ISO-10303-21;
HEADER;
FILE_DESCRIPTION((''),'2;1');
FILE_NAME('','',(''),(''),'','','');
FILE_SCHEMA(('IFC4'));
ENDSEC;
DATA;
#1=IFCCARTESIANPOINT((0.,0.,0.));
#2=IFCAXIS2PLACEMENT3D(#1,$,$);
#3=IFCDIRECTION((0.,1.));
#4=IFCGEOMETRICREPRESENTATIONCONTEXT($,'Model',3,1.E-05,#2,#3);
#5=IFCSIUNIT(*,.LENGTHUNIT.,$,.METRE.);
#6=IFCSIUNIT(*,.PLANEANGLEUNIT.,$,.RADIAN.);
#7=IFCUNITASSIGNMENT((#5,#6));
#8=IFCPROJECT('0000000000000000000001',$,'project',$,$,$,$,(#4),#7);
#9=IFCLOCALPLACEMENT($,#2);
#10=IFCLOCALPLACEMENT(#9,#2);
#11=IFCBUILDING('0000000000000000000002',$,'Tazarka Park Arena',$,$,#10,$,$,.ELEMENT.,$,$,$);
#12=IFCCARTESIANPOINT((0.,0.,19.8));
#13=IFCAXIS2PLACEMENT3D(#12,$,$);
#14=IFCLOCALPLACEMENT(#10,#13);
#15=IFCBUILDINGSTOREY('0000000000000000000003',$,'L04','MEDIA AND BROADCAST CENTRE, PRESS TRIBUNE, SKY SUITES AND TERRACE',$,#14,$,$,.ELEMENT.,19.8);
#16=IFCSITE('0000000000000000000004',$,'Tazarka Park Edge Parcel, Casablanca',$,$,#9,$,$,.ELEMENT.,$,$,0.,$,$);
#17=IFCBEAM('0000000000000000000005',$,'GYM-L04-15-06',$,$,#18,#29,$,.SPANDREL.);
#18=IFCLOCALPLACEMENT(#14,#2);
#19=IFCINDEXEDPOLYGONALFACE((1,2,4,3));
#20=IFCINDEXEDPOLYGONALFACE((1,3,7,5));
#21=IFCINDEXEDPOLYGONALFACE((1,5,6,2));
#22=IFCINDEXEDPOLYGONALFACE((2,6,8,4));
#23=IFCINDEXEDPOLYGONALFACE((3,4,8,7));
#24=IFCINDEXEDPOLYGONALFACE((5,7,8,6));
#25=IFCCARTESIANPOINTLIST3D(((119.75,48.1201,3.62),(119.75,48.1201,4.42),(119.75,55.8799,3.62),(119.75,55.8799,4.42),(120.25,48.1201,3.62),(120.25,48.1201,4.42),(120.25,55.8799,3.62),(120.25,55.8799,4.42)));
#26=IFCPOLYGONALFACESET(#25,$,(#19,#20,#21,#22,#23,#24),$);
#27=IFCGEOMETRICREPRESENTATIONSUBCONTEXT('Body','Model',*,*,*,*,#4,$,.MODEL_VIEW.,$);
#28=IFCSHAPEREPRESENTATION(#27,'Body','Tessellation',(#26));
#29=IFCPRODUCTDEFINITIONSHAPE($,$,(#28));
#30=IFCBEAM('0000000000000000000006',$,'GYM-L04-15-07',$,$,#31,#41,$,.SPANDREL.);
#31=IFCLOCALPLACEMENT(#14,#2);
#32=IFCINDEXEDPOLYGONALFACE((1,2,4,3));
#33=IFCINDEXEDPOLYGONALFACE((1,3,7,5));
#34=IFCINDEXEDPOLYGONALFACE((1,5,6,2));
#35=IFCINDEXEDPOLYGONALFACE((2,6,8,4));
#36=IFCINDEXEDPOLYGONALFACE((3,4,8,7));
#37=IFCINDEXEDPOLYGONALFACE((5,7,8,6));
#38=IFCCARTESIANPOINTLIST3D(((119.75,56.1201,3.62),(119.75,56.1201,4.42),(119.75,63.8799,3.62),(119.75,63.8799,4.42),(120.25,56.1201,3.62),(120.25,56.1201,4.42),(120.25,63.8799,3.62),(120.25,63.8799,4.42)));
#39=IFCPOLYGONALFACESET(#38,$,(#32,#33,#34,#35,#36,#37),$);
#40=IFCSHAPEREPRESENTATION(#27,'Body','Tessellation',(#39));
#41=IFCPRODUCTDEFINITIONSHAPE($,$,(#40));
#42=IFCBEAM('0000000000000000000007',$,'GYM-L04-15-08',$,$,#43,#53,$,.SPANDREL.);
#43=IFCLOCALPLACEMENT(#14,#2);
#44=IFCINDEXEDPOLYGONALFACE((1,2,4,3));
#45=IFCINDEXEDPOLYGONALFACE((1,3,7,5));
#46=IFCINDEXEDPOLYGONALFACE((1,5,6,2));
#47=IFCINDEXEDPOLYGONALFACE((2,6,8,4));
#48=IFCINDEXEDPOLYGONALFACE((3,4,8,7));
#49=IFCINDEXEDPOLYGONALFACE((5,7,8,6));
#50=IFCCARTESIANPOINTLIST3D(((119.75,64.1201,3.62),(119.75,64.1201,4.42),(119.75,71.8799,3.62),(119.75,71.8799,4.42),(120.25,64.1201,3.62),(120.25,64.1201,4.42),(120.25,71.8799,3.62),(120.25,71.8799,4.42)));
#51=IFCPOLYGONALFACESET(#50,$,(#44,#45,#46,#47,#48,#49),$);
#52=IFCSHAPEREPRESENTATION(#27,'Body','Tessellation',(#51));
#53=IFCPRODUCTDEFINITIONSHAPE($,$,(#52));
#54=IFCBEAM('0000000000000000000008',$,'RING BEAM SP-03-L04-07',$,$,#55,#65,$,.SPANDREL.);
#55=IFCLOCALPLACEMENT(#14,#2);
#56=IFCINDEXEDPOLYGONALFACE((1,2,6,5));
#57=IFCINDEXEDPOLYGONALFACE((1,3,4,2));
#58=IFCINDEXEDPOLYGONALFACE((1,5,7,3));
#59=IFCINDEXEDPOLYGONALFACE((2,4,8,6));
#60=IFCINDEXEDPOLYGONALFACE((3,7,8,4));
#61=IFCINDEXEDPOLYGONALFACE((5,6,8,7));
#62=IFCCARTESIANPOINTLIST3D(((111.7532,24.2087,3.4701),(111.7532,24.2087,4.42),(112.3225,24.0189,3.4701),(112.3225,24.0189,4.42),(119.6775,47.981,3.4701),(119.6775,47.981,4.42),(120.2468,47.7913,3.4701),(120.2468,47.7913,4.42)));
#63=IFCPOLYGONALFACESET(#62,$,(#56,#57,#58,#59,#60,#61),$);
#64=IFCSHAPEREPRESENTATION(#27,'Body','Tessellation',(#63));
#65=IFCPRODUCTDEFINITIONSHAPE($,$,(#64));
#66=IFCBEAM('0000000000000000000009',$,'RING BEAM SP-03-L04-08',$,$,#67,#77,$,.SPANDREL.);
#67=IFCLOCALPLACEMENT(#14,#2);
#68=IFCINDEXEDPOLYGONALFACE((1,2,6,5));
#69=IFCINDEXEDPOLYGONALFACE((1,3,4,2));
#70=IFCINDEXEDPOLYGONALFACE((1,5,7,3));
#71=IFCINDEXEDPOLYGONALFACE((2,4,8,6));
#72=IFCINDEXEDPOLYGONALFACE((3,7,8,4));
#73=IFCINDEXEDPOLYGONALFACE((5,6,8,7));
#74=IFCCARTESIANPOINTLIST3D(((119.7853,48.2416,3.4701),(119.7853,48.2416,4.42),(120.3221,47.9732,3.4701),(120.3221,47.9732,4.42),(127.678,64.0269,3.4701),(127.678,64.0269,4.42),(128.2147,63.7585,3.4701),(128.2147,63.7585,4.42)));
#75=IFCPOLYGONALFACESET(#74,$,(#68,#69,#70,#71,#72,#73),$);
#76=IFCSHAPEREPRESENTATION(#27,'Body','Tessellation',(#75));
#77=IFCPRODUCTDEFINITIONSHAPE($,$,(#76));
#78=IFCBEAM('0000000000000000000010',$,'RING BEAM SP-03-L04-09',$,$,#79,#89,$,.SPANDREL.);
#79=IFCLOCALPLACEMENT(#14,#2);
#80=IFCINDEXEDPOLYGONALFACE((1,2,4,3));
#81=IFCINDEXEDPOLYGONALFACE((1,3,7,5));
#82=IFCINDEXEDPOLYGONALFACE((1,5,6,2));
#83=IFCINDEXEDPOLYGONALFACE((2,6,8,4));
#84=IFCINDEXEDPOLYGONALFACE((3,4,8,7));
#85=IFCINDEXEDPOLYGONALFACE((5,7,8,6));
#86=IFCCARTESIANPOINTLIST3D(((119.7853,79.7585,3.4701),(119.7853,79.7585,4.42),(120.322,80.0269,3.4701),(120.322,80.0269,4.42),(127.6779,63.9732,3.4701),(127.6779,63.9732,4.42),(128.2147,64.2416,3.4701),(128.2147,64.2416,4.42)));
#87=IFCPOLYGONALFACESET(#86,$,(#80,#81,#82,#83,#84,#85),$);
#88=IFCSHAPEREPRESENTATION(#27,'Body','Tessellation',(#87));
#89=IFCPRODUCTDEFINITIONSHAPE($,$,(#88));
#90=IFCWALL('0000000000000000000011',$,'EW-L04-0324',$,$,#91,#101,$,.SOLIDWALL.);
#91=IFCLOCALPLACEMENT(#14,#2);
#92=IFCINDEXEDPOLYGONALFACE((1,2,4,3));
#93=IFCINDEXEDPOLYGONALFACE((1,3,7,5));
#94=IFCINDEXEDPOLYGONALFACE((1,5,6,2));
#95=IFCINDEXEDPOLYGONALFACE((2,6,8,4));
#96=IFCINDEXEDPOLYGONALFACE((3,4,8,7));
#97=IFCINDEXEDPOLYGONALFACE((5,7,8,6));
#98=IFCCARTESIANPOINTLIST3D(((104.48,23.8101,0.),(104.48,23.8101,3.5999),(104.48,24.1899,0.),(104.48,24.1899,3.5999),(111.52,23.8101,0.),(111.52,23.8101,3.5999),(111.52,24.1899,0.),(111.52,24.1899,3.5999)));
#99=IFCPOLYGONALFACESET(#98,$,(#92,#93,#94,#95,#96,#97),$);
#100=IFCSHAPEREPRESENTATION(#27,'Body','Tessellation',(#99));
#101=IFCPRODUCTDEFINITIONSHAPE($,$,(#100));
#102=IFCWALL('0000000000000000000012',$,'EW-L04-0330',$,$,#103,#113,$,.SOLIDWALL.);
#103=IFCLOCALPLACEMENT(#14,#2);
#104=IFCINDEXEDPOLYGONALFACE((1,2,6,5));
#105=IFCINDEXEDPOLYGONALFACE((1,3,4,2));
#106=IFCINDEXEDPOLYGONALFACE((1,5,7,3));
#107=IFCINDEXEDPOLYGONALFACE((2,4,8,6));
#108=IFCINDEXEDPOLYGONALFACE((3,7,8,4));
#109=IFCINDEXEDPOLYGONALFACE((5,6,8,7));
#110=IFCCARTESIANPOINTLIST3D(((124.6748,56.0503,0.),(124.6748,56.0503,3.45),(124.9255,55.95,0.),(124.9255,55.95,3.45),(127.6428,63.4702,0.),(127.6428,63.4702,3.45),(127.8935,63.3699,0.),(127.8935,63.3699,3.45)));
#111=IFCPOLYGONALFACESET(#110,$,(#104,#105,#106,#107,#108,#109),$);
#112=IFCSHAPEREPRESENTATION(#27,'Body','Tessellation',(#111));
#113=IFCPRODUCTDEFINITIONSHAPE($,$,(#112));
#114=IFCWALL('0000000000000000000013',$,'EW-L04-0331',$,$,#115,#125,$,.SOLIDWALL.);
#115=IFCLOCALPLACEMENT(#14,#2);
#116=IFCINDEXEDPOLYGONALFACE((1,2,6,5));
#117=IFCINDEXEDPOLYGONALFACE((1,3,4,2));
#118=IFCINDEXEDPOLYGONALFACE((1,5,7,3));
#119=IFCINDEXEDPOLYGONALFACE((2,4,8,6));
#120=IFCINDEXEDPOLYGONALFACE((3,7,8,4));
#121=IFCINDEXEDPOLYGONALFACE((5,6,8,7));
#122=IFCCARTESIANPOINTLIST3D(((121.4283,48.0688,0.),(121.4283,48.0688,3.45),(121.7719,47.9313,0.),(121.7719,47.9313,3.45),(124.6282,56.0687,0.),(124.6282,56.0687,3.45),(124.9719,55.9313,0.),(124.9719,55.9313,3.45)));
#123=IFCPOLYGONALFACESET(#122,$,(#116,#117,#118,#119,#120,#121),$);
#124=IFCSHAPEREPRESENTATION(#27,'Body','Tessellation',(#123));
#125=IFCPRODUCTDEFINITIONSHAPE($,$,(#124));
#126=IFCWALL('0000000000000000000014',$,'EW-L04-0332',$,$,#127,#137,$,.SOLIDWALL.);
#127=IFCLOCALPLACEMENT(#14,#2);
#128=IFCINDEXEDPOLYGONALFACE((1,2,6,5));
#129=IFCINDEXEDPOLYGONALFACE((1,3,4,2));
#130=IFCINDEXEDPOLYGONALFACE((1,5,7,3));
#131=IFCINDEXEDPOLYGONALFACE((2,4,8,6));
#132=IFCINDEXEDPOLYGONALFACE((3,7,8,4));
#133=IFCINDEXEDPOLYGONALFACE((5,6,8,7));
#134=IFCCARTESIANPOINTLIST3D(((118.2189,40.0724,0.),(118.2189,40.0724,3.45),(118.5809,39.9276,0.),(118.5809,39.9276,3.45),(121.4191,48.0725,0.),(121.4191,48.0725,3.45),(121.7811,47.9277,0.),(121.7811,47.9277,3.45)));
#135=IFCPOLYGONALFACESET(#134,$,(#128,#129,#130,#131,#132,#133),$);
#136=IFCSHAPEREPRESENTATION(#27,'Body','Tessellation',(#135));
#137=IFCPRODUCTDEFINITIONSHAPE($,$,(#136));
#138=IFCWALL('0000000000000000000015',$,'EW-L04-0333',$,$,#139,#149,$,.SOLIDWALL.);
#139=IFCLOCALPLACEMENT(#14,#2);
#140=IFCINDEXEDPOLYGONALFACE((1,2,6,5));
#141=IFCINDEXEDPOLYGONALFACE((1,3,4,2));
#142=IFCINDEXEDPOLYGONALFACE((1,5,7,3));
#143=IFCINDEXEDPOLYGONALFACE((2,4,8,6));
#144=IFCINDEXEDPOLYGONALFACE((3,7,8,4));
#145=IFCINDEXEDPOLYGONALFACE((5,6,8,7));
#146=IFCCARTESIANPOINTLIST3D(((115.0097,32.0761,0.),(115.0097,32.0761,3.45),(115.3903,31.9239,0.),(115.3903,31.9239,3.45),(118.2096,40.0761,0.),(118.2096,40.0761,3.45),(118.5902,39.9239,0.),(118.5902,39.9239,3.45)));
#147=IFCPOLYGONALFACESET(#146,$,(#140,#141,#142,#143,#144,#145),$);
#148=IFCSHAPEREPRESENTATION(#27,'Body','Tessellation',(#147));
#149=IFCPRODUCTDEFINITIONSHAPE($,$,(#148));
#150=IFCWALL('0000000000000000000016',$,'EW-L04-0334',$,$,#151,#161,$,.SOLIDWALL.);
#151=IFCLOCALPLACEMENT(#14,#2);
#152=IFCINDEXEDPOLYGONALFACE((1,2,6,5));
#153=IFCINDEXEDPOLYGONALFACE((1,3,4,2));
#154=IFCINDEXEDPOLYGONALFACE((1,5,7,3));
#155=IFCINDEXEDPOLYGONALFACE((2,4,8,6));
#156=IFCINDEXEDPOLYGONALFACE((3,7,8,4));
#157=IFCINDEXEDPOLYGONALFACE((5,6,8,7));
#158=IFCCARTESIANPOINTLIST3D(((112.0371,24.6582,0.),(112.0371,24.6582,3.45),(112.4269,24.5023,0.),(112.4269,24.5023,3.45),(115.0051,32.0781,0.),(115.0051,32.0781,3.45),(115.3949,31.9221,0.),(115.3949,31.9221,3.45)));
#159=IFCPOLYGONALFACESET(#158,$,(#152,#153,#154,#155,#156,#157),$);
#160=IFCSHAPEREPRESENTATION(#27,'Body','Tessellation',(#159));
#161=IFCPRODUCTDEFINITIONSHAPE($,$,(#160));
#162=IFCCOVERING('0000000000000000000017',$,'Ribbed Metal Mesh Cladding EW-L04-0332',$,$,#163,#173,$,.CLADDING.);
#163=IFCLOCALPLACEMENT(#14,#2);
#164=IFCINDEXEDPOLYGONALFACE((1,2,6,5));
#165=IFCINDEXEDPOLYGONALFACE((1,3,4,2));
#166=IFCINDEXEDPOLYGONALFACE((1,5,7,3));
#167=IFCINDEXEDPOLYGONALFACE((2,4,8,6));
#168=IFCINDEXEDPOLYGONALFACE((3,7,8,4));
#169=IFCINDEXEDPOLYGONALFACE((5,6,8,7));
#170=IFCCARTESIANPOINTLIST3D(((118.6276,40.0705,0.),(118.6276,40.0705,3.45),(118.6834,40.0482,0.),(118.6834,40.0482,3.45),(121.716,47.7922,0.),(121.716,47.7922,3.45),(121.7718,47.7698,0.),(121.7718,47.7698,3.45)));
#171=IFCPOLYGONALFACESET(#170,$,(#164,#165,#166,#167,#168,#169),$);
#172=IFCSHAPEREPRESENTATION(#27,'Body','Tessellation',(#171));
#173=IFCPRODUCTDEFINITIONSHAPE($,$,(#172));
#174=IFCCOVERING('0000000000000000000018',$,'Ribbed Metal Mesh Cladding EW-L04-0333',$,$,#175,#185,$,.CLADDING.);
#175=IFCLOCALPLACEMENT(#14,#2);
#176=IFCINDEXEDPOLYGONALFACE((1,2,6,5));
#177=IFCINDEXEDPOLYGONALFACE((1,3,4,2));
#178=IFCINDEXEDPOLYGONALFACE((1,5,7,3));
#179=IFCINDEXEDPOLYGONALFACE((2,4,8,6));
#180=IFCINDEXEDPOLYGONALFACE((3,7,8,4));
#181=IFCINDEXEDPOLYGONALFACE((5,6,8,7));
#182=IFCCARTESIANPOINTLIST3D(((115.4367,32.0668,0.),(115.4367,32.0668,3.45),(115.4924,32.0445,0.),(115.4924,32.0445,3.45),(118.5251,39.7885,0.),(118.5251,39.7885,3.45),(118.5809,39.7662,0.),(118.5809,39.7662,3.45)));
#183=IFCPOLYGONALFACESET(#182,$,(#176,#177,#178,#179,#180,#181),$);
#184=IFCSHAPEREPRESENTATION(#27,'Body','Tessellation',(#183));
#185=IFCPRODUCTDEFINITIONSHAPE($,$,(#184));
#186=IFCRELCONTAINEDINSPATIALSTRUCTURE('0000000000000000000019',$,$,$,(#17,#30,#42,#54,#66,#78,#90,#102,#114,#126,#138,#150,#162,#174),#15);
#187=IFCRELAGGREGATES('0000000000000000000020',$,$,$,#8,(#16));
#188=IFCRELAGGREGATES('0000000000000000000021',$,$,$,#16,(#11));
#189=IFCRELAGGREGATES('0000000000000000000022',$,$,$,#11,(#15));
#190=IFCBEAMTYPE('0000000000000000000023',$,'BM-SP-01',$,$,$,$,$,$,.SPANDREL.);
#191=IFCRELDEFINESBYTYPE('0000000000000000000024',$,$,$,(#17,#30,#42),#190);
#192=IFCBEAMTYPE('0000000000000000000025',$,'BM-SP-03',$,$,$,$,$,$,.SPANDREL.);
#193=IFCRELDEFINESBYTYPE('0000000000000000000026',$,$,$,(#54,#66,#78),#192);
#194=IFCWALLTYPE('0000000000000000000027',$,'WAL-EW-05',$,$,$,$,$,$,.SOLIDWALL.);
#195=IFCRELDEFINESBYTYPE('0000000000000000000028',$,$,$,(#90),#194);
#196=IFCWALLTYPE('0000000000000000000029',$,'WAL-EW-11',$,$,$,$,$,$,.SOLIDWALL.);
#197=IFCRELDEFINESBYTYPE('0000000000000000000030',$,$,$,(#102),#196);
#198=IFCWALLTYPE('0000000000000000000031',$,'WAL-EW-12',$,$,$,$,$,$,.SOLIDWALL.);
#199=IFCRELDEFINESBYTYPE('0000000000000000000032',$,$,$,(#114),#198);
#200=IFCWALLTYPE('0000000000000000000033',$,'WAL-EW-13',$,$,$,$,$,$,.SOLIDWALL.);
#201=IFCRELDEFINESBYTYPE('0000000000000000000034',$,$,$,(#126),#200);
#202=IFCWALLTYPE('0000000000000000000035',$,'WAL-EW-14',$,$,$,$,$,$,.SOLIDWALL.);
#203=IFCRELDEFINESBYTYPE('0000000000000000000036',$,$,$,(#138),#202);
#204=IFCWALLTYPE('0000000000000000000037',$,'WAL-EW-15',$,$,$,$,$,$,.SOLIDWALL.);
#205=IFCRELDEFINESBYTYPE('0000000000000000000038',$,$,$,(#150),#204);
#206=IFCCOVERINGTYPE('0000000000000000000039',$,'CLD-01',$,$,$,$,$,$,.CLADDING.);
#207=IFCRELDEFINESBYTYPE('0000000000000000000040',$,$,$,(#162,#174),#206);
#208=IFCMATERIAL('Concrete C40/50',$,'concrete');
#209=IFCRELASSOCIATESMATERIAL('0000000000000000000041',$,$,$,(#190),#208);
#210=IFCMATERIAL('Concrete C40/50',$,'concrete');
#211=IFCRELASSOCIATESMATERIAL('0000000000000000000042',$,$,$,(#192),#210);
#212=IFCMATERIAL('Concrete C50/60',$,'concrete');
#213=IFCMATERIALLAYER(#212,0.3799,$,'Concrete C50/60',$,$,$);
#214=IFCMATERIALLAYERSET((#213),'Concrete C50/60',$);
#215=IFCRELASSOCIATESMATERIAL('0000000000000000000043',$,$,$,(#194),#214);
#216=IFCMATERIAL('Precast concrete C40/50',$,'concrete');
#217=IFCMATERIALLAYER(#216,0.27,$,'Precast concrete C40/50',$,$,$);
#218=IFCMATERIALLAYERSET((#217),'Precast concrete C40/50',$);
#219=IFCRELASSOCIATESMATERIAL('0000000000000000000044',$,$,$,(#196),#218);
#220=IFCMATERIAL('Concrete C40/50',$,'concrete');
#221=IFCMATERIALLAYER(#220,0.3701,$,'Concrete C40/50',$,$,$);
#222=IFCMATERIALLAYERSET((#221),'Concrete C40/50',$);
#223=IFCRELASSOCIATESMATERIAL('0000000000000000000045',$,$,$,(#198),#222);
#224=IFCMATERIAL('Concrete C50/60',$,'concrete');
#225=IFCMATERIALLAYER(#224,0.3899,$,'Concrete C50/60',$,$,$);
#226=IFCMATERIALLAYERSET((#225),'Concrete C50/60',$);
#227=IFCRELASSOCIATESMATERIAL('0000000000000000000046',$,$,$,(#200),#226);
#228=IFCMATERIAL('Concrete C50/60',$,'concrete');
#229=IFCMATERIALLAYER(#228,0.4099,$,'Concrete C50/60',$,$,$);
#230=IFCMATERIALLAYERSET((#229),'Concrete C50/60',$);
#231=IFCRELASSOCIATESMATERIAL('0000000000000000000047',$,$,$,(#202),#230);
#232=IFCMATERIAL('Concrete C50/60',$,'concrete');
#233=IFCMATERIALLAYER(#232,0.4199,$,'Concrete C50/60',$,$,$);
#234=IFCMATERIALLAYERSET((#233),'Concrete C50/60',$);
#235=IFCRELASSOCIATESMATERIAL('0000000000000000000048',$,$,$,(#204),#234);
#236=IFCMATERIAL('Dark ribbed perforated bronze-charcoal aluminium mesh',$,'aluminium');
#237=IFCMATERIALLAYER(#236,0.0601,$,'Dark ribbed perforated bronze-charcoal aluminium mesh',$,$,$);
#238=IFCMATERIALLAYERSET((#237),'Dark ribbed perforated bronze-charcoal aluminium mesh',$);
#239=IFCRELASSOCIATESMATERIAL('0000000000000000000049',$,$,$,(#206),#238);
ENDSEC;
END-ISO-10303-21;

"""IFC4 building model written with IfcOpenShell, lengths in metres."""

from ifc_helpers import new_model, si_unit, direction, frame, frame_2d, origin, origin_2d, place, context, subcontext, project, spatial, rectangle, extrude, material, layer, layer_set, material_profile, profile_set, type_object, element, save


model = new_model("IFC4")

# Units and contexts
model_context = context("Model", 3, precision=1e-05, world=origin(), true_north=direction((0.0, 1.0)))
body_context = subcontext(model_context, "Body", "Model", "MODEL_VIEW")
ifc_project = project(units=[si_unit("LENGTHUNIT", "METRE"), si_unit("PLANEANGLEUNIT", "RADIAN")], contexts=[model_context])

# Site, building, storey
site_placement = place(None, origin())
site = spatial("IfcSite", under=ifc_project, at=site_placement, Name="Tazarka Park Edge Parcel, Casablanca", CompositionType="ELEMENT", RefElevation=0.0)
building_placement = place(site_placement, origin())
building = spatial("IfcBuilding", under=site, at=building_placement, Name="Tazarka Park Arena", CompositionType="ELEMENT")
storey_placement = place(building_placement, frame((0.0, 0.0, 19.8)))
storey = spatial("IfcBuildingStorey", under=building, at=storey_placement, Name="L04", Description="MEDIA AND BROADCAST CENTRE, PRESS TRIBUNE, SKY SUITES AND TERRACE", CompositionType="ELEMENT", Elevation=19.8)

# Beams
ifc_material_1 = material(Name="Concrete C40/50", Category="concrete")
ifc_material_profile_1 = material_profile(ifc_material_1, rectangle(XDim=0.5, YDim=0.8, at=origin_2d()), Name="Concrete C40/50")
ifc_profile_set_1 = profile_set([ifc_material_profile_1], Name="Concrete C40/50")
beam_type_1 = type_object("IfcBeamType", Name="BM-SP-01", PredefinedType="SPANDREL", material=ifc_profile_set_1)
for number, where, z_axis, x_axis, name in (
    (1, (120.0, 48.1201, 4.02), (0.0, 1.0, 0.0), (-1.0, 0.0, 0.0), "GYM-L04-15-06"),
    (2, (120.0, 56.1201, 4.02), (0.0, 1.0, 0.0), (-1.0, 0.0, 0.0), "GYM-L04-15-07"),
    (3, (120.0, 64.1201, 4.02), (0.0, 1.0, 0.0), (-1.0, 0.0, 0.0), "GYM-L04-15-08"),
):
    element("IfcBeam", number, at=place(storey_placement, frame(where, z_axis=z_axis, x_axis=x_axis)), inside=storey, type_object=beam_type_1, Name=name, PredefinedType="SPANDREL", context=body_context, shape_type="SweptSolid", body=[
        extrude(rectangle(XDim=0.5, YDim=0.8, at=origin_2d()), origin(), (0.0, 0.0, 1.0), 7.7598),
    ])
ifc_material_2 = material(Name="Concrete C40/50", Category="concrete")
ifc_material_profile_2 = material_profile(ifc_material_2, rectangle(XDim=0.6001, YDim=0.95, at=origin_2d()), Name="Concrete C40/50")
ifc_profile_set_2 = profile_set([ifc_material_profile_2], Name="Concrete C40/50")
beam_type_2 = type_object("IfcBeamType", Name="BM-SP-03", PredefinedType="SPANDREL", material=ifc_profile_set_2)
beam_placement = place(storey_placement, frame((112.0378, 24.1138, 3.9451), z_axis=(0.316234, 0.948681, 0.0), x_axis=(-0.948681, 0.316234, 0.0)))
element("IfcBeam", 4, at=beam_placement, inside=storey, type_object=beam_type_2, Name="RING BEAM SP-03-L04-07", PredefinedType="SPANDREL", context=body_context, shape_type="SweptSolid", body=[
    extrude(rectangle(XDim=0.6001, YDim=0.95, at=origin_2d()), origin(), (0.0, 0.0, 1.0), 25.0583),
])
for number, where, z_axis, x_axis, name in (
    (5, (120.0537, 48.1074, 3.9451), (0.447214, 0.894427, 0.0), (-0.894427, 0.447214, 0.0), "RING BEAM SP-03-L04-08"),
    (6, (127.9463, 64.1074, 3.9451), (-0.447214, 0.894427, 0.0), (-0.894427, -0.447214, 0.0), "RING BEAM SP-03-L04-09"),
):
    element("IfcBeam", number, at=place(storey_placement, frame(where, z_axis=z_axis, x_axis=x_axis)), inside=storey, type_object=beam_type_2, Name=name, PredefinedType="SPANDREL", context=body_context, shape_type="SweptSolid", body=[
        extrude(rectangle(XDim=0.6001, YDim=0.95, at=origin_2d()), origin(), (0.0, 0.0, 1.0), 17.6484),
    ])

# Walls
ifc_material_3 = material(Name="Concrete C50/60", Category="concrete")
ifc_layer_1 = layer(ifc_material_3, 0.3799, Name="Concrete C50/60")
ifc_layer_set_1 = layer_set([ifc_layer_1], Name="Concrete C50/60")
wall_type_1 = type_object("IfcWallType", Name="WAL-EW-05", PredefinedType="SOLIDWALL", material=ifc_layer_set_1)
wall_1_placement = place(storey_placement, frame((111.52, 24.0, 0.0), z_axis=(0.0, 0.0, 1.0), x_axis=(-1.0, 0.0, 0.0)))
element("IfcWall", 7, at=wall_1_placement, inside=storey, type_object=wall_type_1, Name="EW-L04-0324", PredefinedType="SOLIDWALL", context=body_context, shape_type="SweptSolid", body=[
    extrude(rectangle(XDim=7.04, YDim=0.3799, at=frame_2d((3.52, 0.0))), origin(), (0.0, 0.0, 1.0), 3.5999),
])
ifc_material_4 = material(Name="Precast concrete C40/50", Category="concrete")
ifc_layer_2 = layer(ifc_material_4, 0.27, Name="Precast concrete C40/50")
ifc_layer_set_2 = layer_set([ifc_layer_2], Name="Precast concrete C40/50")
wall_type_2 = type_object("IfcWallType", Name="WAL-EW-11", PredefinedType="SOLIDWALL", material=ifc_layer_set_2)
wall_2_placement = place(storey_placement, frame((127.7681, 63.4199, 0.0), z_axis=(0.0, 0.0, 1.0), x_axis=(-0.371396, -0.928475, 0.0)))
element("IfcWall", 8, at=wall_2_placement, inside=storey, type_object=wall_type_2, Name="EW-L04-0330", PredefinedType="SOLIDWALL", context=body_context, shape_type="SweptSolid", body=[
    extrude(rectangle(XDim=7.9915, YDim=0.27, at=frame_2d((3.9956, 0.0))), origin(), (0.0, 0.0, 1.0), 3.45),
])
ifc_material_5 = material(Name="Concrete C40/50", Category="concrete")
ifc_layer_3 = layer(ifc_material_5, 0.3701, Name="Concrete C40/50")
ifc_layer_set_3 = layer_set([ifc_layer_3], Name="Concrete C40/50")
wall_type_3 = type_object("IfcWallType", Name="WAL-EW-12", PredefinedType="SOLIDWALL", material=ifc_layer_set_3)
wall_3_placement = place(storey_placement, frame((124.8, 56.0, 0.0), z_axis=(0.0, 0.0, 1.0), x_axis=(-0.371386, -0.928479, 0.0)))
element("IfcWall", 9, at=wall_3_placement, inside=storey, type_object=wall_type_3, Name="EW-L04-0331", PredefinedType="SOLIDWALL", context=body_context, shape_type="SweptSolid", body=[
    extrude(rectangle(XDim=8.6162, YDim=0.3701, at=frame_2d((4.3081, 0.0))), origin(), (0.0, 0.0, 1.0), 3.45),
])
ifc_material_6 = material(Name="Concrete C50/60", Category="concrete")
ifc_layer_4 = layer(ifc_material_6, 0.3899, Name="Concrete C50/60")
ifc_layer_set_4 = layer_set([ifc_layer_4], Name="Concrete C50/60")
wall_type_4 = type_object("IfcWallType", Name="WAL-EW-13", PredefinedType="SOLIDWALL", material=ifc_layer_set_4)
wall_4_placement = place(storey_placement, frame((121.6001, 48.0, 0.0), z_axis=(0.0, 0.0, 1.0), x_axis=(-0.37141, -0.928469, 0.0)))
element("IfcWall", 10, at=wall_4_placement, inside=storey, type_object=wall_type_4, Name="EW-L04-0332", PredefinedType="SOLIDWALL", context=body_context, shape_type="SweptSolid", body=[
    extrude(rectangle(XDim=8.6165, YDim=0.3899, at=frame_2d((4.3081, 0.0))), origin(), (0.0, 0.0, 1.0), 3.45),
])
ifc_material_7 = material(Name="Concrete C50/60", Category="concrete")
ifc_layer_5 = layer(ifc_material_7, 0.4099, Name="Concrete C50/60")
ifc_layer_set_5 = layer_set([ifc_layer_5], Name="Concrete C50/60")
wall_type_5 = type_object("IfcWallType", Name="WAL-EW-14", PredefinedType="SOLIDWALL", material=ifc_layer_set_5)
wall_5_placement = place(storey_placement, frame((118.3999, 40.0, 0.0), z_axis=(0.0, 0.0, 1.0), x_axis=(-0.371386, -0.928479, 0.0)))
element("IfcWall", 11, at=wall_5_placement, inside=storey, type_object=wall_type_5, Name="EW-L04-0333", PredefinedType="SOLIDWALL", context=body_context, shape_type="SweptSolid", body=[
    extrude(rectangle(XDim=8.6162, YDim=0.4099, at=frame_2d((4.3081, 0.0))), origin(), (0.0, 0.0, 1.0), 3.45),
])
ifc_material_8 = material(Name="Concrete C50/60", Category="concrete")
ifc_layer_6 = layer(ifc_material_8, 0.4199, Name="Concrete C50/60")
ifc_layer_set_6 = layer_set([ifc_layer_6], Name="Concrete C50/60")
wall_type_6 = type_object("IfcWallType", Name="WAL-EW-15", PredefinedType="SOLIDWALL", material=ifc_layer_set_6)
wall_6_placement = place(storey_placement, frame((115.2, 32.0, 0.0), z_axis=(0.0, 0.0, 1.0), x_axis=(-0.371396, -0.928475, 0.0)))
element("IfcWall", 12, at=wall_6_placement, inside=storey, type_object=wall_type_6, Name="EW-L04-0334", PredefinedType="SOLIDWALL", context=body_context, shape_type="SweptSolid", body=[
    extrude(rectangle(XDim=7.9915, YDim=0.4199, at=frame_2d((3.9956, 0.0))), origin(), (0.0, 0.0, 1.0), 3.45),
])

# Coverings
ifc_material_9 = material(Name="Dark ribbed perforated bronze-charcoal aluminium mesh", Category="aluminium")
ifc_layer_7 = layer(ifc_material_9, 0.0601, Name="Dark ribbed perforated bronze-charcoal aluminium mesh")
ifc_layer_set_7 = layer_set([ifc_layer_7], Name="Dark ribbed perforated bronze-charcoal aluminium mesh")
covering_type = type_object("IfcCoveringType", Name="CLD-01", PredefinedType="CLADDING", material=ifc_layer_set_7)
for number, where, z_axis, x_axis, name in (
    (13, (120.1997, 43.9202, 0.0), (0.0, 0.0, 1.0), (-0.371368, -0.928486, 0.0), "Ribbed Metal Mesh Cladding EW-L04-0332"),
    (14, (117.0088, 35.9165, 0.0), (0.0, 0.0, 1.0), (-0.371368, -0.928486, 0.0), "Ribbed Metal Mesh Cladding EW-L04-0333"),
):
    element("IfcCovering", number, at=place(storey_placement, frame(where, z_axis=z_axis, x_axis=x_axis)), inside=storey, type_object=covering_type, Name=name, PredefinedType="CLADDING", context=body_context, shape_type="SweptSolid", body=[
        extrude(rectangle(XDim=8.3164, YDim=0.0601, at=origin_2d()), origin(), (0.0, 0.0, 1.0), 3.45),
    ])

save(model, "model.ifc")
